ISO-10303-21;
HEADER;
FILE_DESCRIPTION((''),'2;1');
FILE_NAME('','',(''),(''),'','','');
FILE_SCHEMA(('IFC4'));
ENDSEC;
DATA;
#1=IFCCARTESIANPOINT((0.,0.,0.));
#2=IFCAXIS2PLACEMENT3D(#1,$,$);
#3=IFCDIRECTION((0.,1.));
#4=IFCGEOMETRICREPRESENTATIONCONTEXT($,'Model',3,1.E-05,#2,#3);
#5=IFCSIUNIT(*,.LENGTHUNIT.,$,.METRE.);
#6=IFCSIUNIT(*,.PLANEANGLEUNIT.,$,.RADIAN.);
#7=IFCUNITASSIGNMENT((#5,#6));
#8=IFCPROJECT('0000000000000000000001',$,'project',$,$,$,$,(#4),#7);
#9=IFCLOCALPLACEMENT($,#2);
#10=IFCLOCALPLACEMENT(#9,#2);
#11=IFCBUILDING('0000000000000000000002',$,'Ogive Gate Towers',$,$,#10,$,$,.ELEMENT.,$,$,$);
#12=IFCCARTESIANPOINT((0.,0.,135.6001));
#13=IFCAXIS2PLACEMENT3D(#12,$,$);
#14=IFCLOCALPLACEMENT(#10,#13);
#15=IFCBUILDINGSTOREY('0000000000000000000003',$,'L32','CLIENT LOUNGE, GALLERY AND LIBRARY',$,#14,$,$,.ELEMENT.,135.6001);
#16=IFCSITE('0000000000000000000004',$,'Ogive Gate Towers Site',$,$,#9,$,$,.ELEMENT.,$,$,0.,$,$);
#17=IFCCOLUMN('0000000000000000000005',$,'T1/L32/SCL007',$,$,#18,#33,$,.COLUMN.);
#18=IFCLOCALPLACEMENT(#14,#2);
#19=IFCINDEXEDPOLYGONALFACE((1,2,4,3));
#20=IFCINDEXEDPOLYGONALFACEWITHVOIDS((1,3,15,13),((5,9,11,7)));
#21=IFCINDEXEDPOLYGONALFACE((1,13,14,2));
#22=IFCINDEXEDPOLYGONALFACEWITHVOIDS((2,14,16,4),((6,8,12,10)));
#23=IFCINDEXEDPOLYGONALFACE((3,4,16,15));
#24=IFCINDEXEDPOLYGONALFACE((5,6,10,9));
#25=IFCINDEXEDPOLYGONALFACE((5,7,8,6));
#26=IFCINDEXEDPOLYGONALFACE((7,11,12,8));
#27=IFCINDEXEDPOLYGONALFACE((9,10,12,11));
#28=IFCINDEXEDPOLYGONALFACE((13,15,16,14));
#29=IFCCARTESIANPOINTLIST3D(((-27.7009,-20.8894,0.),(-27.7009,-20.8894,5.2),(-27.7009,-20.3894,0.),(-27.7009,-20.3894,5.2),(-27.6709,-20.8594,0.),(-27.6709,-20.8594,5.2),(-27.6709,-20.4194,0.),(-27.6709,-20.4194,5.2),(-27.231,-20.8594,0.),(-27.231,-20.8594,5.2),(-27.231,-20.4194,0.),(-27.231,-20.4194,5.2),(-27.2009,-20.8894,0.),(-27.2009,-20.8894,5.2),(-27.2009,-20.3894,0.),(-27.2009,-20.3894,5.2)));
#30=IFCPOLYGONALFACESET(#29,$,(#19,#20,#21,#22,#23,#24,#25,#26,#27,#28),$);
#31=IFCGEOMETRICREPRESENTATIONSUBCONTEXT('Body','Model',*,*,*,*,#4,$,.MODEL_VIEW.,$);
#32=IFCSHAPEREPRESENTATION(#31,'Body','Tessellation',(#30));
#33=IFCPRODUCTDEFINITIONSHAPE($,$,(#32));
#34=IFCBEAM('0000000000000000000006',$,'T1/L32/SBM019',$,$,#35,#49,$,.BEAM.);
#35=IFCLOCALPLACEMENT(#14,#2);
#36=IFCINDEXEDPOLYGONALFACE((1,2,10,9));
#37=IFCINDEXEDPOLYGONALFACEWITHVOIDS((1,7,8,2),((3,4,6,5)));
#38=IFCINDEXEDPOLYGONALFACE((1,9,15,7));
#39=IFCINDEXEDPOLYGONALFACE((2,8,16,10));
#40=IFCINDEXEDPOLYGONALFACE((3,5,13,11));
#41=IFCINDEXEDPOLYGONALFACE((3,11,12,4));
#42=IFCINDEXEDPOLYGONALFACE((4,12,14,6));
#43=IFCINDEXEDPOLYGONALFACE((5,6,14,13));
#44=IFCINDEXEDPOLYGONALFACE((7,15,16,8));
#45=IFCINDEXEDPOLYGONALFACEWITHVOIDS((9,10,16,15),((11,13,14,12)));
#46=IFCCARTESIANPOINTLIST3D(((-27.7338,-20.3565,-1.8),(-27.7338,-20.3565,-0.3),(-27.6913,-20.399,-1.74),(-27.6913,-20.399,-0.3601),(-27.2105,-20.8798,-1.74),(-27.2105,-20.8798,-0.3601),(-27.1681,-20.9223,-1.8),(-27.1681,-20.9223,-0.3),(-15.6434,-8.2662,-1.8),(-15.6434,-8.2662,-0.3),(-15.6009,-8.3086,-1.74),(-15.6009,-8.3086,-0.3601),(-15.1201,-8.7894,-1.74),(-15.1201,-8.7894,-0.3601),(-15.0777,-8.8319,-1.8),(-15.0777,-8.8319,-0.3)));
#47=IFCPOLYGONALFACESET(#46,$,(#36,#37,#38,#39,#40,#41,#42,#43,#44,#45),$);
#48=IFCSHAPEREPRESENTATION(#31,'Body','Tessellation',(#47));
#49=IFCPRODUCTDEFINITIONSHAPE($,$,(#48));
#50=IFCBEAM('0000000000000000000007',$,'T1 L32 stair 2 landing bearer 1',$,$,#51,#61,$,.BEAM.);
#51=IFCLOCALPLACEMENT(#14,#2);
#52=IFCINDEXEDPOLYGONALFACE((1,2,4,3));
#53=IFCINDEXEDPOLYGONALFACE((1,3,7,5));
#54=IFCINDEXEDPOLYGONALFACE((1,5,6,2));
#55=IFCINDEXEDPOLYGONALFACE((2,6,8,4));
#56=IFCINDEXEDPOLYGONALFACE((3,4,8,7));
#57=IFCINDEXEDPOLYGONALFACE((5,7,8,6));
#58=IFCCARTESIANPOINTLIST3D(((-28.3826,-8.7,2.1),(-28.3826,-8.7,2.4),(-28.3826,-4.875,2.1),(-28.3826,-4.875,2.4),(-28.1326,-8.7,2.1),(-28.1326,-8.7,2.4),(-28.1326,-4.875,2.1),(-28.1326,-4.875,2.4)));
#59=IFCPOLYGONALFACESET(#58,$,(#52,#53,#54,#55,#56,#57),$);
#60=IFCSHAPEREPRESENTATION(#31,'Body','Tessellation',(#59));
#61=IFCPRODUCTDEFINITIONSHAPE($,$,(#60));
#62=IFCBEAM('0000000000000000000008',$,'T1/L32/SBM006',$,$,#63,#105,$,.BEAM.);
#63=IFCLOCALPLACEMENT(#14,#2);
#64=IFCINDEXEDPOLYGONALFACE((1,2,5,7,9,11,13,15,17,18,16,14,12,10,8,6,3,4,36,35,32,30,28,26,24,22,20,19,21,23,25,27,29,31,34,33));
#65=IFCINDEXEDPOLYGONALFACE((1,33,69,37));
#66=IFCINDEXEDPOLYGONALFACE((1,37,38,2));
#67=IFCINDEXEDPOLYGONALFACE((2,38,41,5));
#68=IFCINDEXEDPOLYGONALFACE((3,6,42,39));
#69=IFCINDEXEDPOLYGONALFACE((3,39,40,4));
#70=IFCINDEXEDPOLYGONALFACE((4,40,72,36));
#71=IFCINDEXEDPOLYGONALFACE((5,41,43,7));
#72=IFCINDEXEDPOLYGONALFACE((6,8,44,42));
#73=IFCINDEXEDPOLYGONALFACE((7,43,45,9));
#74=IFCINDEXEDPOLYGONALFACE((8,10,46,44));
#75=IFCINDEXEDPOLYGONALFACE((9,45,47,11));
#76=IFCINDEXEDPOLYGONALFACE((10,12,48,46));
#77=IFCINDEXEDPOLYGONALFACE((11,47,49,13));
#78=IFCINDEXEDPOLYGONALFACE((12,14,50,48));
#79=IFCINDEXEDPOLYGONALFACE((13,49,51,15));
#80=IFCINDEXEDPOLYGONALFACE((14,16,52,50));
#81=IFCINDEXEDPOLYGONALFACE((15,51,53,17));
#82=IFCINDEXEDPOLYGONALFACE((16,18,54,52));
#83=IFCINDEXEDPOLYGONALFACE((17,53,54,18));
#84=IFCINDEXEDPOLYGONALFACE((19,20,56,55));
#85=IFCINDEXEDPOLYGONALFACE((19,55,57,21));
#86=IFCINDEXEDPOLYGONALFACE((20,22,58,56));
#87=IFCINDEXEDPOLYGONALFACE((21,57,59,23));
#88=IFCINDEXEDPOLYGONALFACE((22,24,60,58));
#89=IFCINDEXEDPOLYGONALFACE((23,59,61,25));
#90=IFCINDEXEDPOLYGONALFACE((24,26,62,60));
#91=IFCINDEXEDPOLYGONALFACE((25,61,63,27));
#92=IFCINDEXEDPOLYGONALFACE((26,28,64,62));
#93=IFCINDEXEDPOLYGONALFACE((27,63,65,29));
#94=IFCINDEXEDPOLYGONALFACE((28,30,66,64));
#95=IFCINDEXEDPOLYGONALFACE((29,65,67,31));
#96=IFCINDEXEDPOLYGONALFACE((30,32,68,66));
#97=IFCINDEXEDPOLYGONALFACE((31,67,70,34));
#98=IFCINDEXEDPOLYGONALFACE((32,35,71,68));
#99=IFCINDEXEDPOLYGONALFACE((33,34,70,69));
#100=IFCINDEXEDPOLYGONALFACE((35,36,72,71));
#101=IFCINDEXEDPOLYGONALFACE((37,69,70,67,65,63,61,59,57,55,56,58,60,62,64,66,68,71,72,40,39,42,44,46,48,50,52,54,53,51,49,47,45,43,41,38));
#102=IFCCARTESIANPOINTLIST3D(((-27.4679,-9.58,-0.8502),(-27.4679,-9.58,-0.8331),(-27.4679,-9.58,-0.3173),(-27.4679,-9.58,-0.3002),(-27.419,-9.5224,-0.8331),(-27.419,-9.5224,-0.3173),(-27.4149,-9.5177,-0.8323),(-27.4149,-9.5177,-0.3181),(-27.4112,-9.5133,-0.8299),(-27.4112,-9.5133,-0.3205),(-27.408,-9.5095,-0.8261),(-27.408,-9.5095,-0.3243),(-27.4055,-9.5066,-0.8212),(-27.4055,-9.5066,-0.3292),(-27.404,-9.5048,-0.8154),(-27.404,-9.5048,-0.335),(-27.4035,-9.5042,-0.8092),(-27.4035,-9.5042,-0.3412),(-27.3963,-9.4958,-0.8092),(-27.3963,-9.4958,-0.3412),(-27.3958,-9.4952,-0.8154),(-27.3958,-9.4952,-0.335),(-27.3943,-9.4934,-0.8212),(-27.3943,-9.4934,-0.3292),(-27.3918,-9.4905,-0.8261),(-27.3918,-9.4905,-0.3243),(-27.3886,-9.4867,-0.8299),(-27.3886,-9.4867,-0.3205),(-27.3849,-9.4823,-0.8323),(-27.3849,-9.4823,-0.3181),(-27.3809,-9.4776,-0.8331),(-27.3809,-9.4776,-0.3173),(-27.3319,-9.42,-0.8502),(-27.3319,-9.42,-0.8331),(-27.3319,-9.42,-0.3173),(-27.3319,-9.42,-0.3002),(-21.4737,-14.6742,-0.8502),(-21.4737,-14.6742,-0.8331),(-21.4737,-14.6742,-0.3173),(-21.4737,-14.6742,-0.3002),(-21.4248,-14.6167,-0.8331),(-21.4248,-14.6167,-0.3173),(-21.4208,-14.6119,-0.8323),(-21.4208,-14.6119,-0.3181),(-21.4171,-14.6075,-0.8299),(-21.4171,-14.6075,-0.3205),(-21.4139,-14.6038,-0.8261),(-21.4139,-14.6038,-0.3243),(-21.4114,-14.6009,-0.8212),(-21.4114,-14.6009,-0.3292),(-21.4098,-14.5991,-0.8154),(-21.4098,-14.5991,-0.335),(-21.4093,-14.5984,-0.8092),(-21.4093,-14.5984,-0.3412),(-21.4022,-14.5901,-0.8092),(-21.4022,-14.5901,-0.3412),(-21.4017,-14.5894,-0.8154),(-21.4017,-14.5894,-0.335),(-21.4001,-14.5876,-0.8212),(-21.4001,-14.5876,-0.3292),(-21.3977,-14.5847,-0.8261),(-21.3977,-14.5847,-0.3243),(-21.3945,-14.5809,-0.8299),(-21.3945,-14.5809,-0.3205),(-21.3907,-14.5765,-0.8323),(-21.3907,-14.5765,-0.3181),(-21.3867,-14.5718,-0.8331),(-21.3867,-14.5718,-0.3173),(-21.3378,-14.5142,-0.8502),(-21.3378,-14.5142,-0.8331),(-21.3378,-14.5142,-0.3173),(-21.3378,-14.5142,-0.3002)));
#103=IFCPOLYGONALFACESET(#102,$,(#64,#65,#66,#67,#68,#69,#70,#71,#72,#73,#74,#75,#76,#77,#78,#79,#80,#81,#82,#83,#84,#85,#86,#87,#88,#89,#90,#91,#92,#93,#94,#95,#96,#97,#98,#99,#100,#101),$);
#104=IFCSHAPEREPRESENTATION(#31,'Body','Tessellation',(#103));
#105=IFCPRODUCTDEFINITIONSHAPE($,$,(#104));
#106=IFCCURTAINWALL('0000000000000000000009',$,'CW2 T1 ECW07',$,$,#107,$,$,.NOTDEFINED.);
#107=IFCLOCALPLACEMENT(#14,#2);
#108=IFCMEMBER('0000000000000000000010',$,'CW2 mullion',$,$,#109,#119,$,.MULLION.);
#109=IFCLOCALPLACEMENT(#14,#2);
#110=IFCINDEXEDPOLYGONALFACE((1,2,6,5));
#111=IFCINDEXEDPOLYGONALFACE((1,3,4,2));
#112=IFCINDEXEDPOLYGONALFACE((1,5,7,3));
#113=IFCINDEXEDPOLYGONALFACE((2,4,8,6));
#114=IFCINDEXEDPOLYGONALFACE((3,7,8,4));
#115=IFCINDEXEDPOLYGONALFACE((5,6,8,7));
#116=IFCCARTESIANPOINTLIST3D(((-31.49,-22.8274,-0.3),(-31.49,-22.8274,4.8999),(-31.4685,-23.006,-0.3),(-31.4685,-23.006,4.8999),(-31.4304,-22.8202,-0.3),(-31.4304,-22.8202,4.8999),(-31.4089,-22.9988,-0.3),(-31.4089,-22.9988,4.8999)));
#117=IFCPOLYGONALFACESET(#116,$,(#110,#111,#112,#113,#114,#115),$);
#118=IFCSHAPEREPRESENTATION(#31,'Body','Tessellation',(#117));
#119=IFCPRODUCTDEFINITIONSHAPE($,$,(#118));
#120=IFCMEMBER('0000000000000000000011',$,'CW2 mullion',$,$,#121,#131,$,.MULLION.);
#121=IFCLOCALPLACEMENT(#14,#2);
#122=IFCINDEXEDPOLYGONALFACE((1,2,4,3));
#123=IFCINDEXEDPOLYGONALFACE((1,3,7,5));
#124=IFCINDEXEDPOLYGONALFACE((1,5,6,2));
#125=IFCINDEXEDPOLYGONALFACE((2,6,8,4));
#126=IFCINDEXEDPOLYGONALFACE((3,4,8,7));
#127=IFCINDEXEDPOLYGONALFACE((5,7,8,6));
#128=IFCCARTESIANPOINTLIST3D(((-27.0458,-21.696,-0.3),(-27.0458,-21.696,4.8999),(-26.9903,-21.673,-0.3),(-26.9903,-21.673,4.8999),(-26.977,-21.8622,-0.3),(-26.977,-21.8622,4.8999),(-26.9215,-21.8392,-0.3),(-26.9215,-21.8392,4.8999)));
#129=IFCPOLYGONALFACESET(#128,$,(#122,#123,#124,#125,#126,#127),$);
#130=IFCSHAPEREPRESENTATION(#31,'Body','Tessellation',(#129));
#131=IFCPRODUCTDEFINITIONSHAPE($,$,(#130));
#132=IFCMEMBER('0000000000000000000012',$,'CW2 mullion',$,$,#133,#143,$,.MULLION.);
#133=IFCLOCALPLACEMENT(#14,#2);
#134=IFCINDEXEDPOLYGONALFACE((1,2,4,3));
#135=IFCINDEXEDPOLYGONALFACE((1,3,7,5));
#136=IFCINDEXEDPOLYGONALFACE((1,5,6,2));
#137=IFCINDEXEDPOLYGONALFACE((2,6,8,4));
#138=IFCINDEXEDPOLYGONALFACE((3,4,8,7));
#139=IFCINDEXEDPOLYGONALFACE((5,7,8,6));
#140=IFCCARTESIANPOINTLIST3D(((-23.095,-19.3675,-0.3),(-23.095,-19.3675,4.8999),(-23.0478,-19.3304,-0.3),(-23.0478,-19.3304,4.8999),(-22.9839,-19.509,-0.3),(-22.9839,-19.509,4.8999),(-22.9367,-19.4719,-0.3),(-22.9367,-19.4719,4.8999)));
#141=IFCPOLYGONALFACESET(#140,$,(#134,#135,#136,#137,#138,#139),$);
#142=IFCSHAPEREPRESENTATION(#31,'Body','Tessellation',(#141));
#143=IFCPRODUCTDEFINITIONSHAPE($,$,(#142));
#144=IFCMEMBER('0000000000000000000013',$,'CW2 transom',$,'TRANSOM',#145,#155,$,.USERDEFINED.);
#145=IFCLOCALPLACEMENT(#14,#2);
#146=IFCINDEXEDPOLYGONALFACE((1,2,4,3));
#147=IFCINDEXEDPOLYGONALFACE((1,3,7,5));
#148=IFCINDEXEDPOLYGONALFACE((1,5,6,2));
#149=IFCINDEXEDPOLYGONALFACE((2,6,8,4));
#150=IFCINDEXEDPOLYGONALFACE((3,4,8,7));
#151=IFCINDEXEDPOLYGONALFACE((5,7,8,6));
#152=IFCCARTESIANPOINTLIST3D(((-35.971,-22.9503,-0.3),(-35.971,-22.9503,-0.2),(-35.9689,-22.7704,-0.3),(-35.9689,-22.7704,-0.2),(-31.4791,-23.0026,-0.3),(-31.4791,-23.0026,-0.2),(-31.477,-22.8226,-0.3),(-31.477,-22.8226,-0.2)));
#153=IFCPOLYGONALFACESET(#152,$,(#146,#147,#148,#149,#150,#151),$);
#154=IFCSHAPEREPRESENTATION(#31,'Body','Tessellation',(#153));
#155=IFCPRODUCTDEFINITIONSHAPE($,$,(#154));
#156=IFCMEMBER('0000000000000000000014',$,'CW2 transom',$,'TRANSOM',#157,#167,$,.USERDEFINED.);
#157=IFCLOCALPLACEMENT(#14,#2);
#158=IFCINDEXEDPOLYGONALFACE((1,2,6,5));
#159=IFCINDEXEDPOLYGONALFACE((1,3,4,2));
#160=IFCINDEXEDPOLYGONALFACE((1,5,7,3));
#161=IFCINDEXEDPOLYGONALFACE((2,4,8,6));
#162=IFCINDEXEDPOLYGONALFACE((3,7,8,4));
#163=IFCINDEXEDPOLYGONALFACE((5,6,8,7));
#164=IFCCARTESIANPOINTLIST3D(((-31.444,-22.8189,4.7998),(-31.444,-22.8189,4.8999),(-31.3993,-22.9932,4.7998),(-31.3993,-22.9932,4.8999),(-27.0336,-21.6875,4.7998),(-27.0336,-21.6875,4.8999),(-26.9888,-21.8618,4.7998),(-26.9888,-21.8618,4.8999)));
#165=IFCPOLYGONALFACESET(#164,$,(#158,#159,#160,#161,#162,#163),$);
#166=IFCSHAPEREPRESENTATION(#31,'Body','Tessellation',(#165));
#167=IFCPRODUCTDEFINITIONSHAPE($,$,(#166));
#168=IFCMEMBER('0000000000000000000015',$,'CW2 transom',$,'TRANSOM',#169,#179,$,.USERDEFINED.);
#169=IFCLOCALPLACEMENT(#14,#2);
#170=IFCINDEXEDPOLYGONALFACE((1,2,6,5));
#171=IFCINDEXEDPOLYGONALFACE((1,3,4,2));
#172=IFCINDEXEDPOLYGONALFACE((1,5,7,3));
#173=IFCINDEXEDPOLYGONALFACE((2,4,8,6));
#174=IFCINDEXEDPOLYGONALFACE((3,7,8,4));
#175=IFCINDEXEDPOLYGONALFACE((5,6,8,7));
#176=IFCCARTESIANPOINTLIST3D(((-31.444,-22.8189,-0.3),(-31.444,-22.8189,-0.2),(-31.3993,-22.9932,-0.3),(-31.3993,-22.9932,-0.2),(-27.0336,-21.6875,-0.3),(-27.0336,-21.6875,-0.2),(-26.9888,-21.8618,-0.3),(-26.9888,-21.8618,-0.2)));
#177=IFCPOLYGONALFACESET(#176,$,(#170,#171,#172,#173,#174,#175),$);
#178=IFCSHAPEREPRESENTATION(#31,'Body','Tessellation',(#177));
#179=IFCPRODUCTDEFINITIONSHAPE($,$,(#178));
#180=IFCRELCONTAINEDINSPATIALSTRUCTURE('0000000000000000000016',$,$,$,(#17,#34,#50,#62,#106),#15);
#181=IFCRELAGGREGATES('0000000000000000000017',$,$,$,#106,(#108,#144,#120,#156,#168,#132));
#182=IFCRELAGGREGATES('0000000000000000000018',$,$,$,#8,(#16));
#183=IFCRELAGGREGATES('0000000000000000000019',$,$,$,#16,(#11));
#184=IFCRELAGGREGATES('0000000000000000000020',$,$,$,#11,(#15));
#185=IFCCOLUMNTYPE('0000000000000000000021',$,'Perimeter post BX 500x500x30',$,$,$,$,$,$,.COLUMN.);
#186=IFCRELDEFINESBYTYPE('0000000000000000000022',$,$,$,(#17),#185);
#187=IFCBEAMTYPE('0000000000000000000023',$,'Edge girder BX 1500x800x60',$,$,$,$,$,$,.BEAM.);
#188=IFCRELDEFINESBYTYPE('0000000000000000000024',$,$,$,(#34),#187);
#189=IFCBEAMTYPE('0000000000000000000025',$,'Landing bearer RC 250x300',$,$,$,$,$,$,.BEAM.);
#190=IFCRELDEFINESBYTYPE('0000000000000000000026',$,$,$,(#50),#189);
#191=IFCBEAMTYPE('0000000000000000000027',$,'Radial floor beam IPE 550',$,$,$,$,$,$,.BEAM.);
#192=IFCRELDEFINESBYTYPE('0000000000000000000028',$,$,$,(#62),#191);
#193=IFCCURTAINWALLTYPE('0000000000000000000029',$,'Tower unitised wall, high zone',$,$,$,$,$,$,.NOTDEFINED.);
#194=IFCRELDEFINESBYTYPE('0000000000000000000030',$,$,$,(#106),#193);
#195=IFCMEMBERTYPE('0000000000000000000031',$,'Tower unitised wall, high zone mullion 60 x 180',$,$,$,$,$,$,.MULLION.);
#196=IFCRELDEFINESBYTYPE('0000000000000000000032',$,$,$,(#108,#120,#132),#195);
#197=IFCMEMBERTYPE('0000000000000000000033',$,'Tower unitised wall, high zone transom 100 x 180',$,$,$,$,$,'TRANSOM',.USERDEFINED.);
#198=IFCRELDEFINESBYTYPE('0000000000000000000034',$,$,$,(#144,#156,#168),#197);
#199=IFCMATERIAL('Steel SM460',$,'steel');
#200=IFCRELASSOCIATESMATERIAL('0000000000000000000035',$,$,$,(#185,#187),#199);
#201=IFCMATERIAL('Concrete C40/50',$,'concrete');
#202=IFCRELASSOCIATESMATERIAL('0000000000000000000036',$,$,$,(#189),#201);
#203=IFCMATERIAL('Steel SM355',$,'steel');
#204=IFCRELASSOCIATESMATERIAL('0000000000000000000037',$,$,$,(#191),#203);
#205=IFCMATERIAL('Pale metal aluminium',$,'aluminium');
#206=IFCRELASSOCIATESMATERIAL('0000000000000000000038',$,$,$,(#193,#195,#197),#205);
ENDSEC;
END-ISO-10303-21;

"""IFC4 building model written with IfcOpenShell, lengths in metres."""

from ifc_helpers import new_model, si_unit, direction, frame, origin, origin_2d, place, context, subcontext, project, spatial, rectangle, hollow_rectangle, i_section, extrude, material, material_profile, profile_set, type_object, element, aggregate, save


model = new_model("IFC4")

# Units and contexts
model_context = context("Model", 3, precision=1e-05, world=origin(), true_north=direction((0.0, 1.0)))
body_context = subcontext(model_context, "Body", "Model", "MODEL_VIEW")
ifc_project = project(units=[si_unit("LENGTHUNIT", "METRE"), si_unit("PLANEANGLEUNIT", "RADIAN")], contexts=[model_context])

# Site, building, storey
site_placement = place(None, origin())
site = spatial("IfcSite", under=ifc_project, at=site_placement, Name="Ogive Gate Towers Site", CompositionType="ELEMENT", RefElevation=0.0)
building_placement = place(site_placement, origin())
building = spatial("IfcBuilding", under=site, at=building_placement, Name="Ogive Gate Towers", CompositionType="ELEMENT")
storey_placement = place(building_placement, frame((0.0, 0.0, 135.6001)))
storey = spatial("IfcBuildingStorey", under=building, at=storey_placement, Name="L32", Description="CLIENT LOUNGE, GALLERY AND LIBRARY", CompositionType="ELEMENT", Elevation=135.6001)

# Column
ifc_material_1 = material(Name="Steel SM460", Category="steel")
ifc_material_profile_1 = material_profile(ifc_material_1, hollow_rectangle(XDim=0.5, YDim=0.5, WallThickness=0.03, at=origin_2d()), Name="BX 500x500x30")
ifc_profile_set_1 = profile_set([ifc_material_profile_1], Name="Steel SM460")
column_type = type_object("IfcColumnType", Name="Perimeter post BX 500x500x30", PredefinedType="COLUMN", material=ifc_profile_set_1)
column_placement = place(storey_placement, frame((-27.4509, -20.6394, 0.0), z_axis=(0.0, 0.0, 1.0), x_axis=(1.0, 0.0, 0.0)))
element("IfcColumn", 1, at=column_placement, inside=storey, type_object=column_type, Name="T1/L32/SCL007", PredefinedType="COLUMN", context=body_context, shape_type="SweptSolid", body=[
    extrude(hollow_rectangle(XDim=0.5, YDim=0.5, WallThickness=0.03, at=origin_2d()), origin(), (0.0, 0.0, 1.0), 5.2),
])

# Beams
ifc_material_profile_2 = material_profile(ifc_material_1, hollow_rectangle(XDim=0.8, YDim=1.5, WallThickness=0.0601, at=origin_2d()), Name="BX 1500x800x60")
ifc_profile_set_2 = profile_set([ifc_material_profile_2], Name="Steel SM460")
beam_type_1 = type_object("IfcBeamType", Name="Edge girder BX 1500x800x60", PredefinedType="BEAM", material=ifc_profile_set_2)
beam_1_placement = place(storey_placement, frame((-27.4509, -20.6394, -1.05), z_axis=(0.707107, 0.707107, 0.0), x_axis=(-0.707107, 0.707107, 0.0)))
element("IfcBeam", 2, at=beam_1_placement, inside=storey, type_object=beam_type_1, Name="T1/L32/SBM019", PredefinedType="BEAM", context=body_context, shape_type="SweptSolid", body=[
    extrude(hollow_rectangle(XDim=0.8, YDim=1.5, WallThickness=0.0601, at=origin_2d()), origin(), (0.0, 0.0, 1.0), 17.0984),
])
ifc_material_2 = material(Name="Concrete C40/50", Category="concrete")
ifc_material_profile_3 = material_profile(ifc_material_2, rectangle(XDim=0.25, YDim=0.3, at=origin_2d()), Name="RC 250x300")
ifc_profile_set_3 = profile_set([ifc_material_profile_3], Name="Concrete C40/50")
beam_type_2 = type_object("IfcBeamType", Name="Landing bearer RC 250x300", PredefinedType="BEAM", material=ifc_profile_set_3)
beam_2_placement = place(storey_placement, frame((-28.2576, -8.7, 2.25), z_axis=(0.0, 1.0, 0.0), x_axis=(-1.0, 0.0, 0.0)))
element("IfcBeam", 3, at=beam_2_placement, inside=storey, type_object=beam_type_2, Name="T1 L32 stair 2 landing bearer 1", PredefinedType="BEAM", context=body_context, shape_type="SweptSolid", body=[
    extrude(rectangle(XDim=0.25, YDim=0.3, at=origin_2d()), origin(), (0.0, 0.0, 1.0), 3.825),
])
ifc_material_3 = material(Name="Steel SM355", Category="steel")
ifc_material_profile_4 = material_profile(ifc_material_3, i_section(OverallWidth=0.21, OverallDepth=0.55, WebThickness=0.011, FlangeThickness=0.0171, FilletRadius=0.0239, at=origin_2d()), Name="IPE 550")
ifc_profile_set_4 = profile_set([ifc_material_profile_4], Name="Steel SM355")
beam_type_3 = type_object("IfcBeamType", Name="Radial floor beam IPE 550", PredefinedType="BEAM", material=ifc_profile_set_4)
beam_3_placement = place(storey_placement, frame((-27.3999, -9.5, -0.5752), z_axis=(0.761988, -0.647591, 0.0), x_axis=(0.647591, 0.761988, 0.0)))
element("IfcBeam", 4, at=beam_3_placement, inside=storey, type_object=beam_type_3, Name="T1/L32/SBM006", PredefinedType="BEAM", context=body_context, shape_type="SweptSolid", body=[
    extrude(i_section(OverallWidth=0.21, OverallDepth=0.55, WebThickness=0.011, FlangeThickness=0.0171, FilletRadius=0.0239, at=origin_2d()), origin(), (0.0, 0.0, 1.0), 7.8665),
])

# Curtain wall, members
ifc_material_4 = material(Name="Pale metal aluminium", Category="aluminium")
curtain_wall_type = type_object("IfcCurtainWallType", Name="Tower unitised wall, high zone", PredefinedType="NOTDEFINED", material=ifc_material_4)
curtain_wall_placement = place(storey_placement, origin())
curtain_wall = element("IfcCurtainWall", 5, at=curtain_wall_placement, inside=storey, type_object=curtain_wall_type, Name="CW2 T1 ECW07", PredefinedType="NOTDEFINED")
ifc_material_profile_5 = material_profile(ifc_material_4, rectangle(XDim=0.1799, YDim=0.0601, at=origin_2d()), Name="60 x 180 aluminium box")
ifc_profile_set_5 = profile_set([ifc_material_profile_5], Name="Pale metal aluminium")
member_type_1 = type_object("IfcMemberType", Name="Tower unitised wall, high zone mullion 60 x 180", PredefinedType="MULLION", material=ifc_profile_set_5)
member_1_placement = place(storey_placement, frame((-31.4495, -22.9131, -0.3), z_axis=(0.0, 0.0, 1.0), x_axis=(0.119444, -0.992841, 0.0)))
member_1 = element("IfcMember", 6, at=member_1_placement, type_object=member_type_1, Name="CW2 mullion", PredefinedType="MULLION", context=body_context, shape_type="SweptSolid", body=[
    extrude(rectangle(XDim=0.1799, YDim=0.0601, at=origin_2d()), origin(), (0.0, 0.0, 1.0), 5.2),
])
member_2_placement = place(storey_placement, frame((-26.9836, -21.7676, -0.3), z_axis=(0.0, 0.0, 1.0), x_axis=(0.382683, -0.92388, 0.0)))
member_2 = element("IfcMember", 7, at=member_2_placement, type_object=member_type_1, Name="CW2 mullion", PredefinedType="MULLION", context=body_context, shape_type="SweptSolid", body=[
    extrude(rectangle(XDim=0.1799, YDim=0.0601, at=origin_2d()), origin(), (0.0, 0.0, 1.0), 5.2),
])
member_3_placement = place(storey_placement, frame((-23.0159, -19.4197, -0.3), z_axis=(0.0, 0.0, 1.0), x_axis=(0.617585, -0.786504, 0.0)))
member_3 = element("IfcMember", 8, at=member_3_placement, type_object=member_type_1, Name="CW2 mullion", PredefinedType="MULLION", context=body_context, shape_type="SweptSolid", body=[
    extrude(rectangle(XDim=0.1799, YDim=0.0601, at=origin_2d()), origin(), (0.0, 0.0, 1.0), 5.2),
])
ifc_material_profile_6 = material_profile(ifc_material_4, rectangle(XDim=0.1799, YDim=0.1001, at=origin_2d()), Name="100 x 180 aluminium box")
ifc_profile_set_6 = profile_set([ifc_material_profile_6], Name="Pale metal aluminium")
member_type_2 = type_object("IfcMemberType", Name="Tower unitised wall, high zone transom 100 x 180", ElementType="TRANSOM", PredefinedType="USERDEFINED", material=ifc_profile_set_6)
member_4_placement = place(storey_placement, frame((-35.97, -22.8604, -0.25), z_axis=(0.999932, -0.01163, 0.0), x_axis=(0.01163, 0.999932, 0.0)))
member_4 = element("IfcMember", 9, at=member_4_placement, type_object=member_type_2, Name="CW2 transom", ObjectType="TRANSOM", PredefinedType="USERDEFINED", context=body_context, shape_type="SweptSolid", body=[
    extrude(rectangle(XDim=0.1799, YDim=0.1001, at=origin_2d()), origin(), (0.0, 0.0, 1.0), 4.4922),
])
member_5_placement = place(storey_placement, frame((-31.4216, -22.906, 4.8499), z_axis=(0.968639, 0.248473, 0.0), x_axis=(-0.248473, 0.968639, 0.0)))
member_5 = element("IfcMember", 10, at=member_5_placement, type_object=member_type_2, Name="CW2 transom", ObjectType="TRANSOM", PredefinedType="USERDEFINED", context=body_context, shape_type="SweptSolid", body=[
    extrude(rectangle(XDim=0.1799, YDim=0.1001, at=origin_2d()), origin(), (0.0, 0.0, 1.0), 4.5532),
])
member_6_placement = place(storey_placement, frame((-31.4216, -22.906, -0.25), z_axis=(0.968639, 0.248473, 0.0), x_axis=(-0.248473, 0.968639, 0.0)))
member_6 = element("IfcMember", 11, at=member_6_placement, type_object=member_type_2, Name="CW2 transom", ObjectType="TRANSOM", PredefinedType="USERDEFINED", context=body_context, shape_type="SweptSolid", body=[
    extrude(rectangle(XDim=0.1799, YDim=0.1001, at=origin_2d()), origin(), (0.0, 0.0, 1.0), 4.5532),
])

aggregate(curtain_wall, [member_1, member_4, member_2, member_5, member_6, member_3])

save(model, "model.ifc")
